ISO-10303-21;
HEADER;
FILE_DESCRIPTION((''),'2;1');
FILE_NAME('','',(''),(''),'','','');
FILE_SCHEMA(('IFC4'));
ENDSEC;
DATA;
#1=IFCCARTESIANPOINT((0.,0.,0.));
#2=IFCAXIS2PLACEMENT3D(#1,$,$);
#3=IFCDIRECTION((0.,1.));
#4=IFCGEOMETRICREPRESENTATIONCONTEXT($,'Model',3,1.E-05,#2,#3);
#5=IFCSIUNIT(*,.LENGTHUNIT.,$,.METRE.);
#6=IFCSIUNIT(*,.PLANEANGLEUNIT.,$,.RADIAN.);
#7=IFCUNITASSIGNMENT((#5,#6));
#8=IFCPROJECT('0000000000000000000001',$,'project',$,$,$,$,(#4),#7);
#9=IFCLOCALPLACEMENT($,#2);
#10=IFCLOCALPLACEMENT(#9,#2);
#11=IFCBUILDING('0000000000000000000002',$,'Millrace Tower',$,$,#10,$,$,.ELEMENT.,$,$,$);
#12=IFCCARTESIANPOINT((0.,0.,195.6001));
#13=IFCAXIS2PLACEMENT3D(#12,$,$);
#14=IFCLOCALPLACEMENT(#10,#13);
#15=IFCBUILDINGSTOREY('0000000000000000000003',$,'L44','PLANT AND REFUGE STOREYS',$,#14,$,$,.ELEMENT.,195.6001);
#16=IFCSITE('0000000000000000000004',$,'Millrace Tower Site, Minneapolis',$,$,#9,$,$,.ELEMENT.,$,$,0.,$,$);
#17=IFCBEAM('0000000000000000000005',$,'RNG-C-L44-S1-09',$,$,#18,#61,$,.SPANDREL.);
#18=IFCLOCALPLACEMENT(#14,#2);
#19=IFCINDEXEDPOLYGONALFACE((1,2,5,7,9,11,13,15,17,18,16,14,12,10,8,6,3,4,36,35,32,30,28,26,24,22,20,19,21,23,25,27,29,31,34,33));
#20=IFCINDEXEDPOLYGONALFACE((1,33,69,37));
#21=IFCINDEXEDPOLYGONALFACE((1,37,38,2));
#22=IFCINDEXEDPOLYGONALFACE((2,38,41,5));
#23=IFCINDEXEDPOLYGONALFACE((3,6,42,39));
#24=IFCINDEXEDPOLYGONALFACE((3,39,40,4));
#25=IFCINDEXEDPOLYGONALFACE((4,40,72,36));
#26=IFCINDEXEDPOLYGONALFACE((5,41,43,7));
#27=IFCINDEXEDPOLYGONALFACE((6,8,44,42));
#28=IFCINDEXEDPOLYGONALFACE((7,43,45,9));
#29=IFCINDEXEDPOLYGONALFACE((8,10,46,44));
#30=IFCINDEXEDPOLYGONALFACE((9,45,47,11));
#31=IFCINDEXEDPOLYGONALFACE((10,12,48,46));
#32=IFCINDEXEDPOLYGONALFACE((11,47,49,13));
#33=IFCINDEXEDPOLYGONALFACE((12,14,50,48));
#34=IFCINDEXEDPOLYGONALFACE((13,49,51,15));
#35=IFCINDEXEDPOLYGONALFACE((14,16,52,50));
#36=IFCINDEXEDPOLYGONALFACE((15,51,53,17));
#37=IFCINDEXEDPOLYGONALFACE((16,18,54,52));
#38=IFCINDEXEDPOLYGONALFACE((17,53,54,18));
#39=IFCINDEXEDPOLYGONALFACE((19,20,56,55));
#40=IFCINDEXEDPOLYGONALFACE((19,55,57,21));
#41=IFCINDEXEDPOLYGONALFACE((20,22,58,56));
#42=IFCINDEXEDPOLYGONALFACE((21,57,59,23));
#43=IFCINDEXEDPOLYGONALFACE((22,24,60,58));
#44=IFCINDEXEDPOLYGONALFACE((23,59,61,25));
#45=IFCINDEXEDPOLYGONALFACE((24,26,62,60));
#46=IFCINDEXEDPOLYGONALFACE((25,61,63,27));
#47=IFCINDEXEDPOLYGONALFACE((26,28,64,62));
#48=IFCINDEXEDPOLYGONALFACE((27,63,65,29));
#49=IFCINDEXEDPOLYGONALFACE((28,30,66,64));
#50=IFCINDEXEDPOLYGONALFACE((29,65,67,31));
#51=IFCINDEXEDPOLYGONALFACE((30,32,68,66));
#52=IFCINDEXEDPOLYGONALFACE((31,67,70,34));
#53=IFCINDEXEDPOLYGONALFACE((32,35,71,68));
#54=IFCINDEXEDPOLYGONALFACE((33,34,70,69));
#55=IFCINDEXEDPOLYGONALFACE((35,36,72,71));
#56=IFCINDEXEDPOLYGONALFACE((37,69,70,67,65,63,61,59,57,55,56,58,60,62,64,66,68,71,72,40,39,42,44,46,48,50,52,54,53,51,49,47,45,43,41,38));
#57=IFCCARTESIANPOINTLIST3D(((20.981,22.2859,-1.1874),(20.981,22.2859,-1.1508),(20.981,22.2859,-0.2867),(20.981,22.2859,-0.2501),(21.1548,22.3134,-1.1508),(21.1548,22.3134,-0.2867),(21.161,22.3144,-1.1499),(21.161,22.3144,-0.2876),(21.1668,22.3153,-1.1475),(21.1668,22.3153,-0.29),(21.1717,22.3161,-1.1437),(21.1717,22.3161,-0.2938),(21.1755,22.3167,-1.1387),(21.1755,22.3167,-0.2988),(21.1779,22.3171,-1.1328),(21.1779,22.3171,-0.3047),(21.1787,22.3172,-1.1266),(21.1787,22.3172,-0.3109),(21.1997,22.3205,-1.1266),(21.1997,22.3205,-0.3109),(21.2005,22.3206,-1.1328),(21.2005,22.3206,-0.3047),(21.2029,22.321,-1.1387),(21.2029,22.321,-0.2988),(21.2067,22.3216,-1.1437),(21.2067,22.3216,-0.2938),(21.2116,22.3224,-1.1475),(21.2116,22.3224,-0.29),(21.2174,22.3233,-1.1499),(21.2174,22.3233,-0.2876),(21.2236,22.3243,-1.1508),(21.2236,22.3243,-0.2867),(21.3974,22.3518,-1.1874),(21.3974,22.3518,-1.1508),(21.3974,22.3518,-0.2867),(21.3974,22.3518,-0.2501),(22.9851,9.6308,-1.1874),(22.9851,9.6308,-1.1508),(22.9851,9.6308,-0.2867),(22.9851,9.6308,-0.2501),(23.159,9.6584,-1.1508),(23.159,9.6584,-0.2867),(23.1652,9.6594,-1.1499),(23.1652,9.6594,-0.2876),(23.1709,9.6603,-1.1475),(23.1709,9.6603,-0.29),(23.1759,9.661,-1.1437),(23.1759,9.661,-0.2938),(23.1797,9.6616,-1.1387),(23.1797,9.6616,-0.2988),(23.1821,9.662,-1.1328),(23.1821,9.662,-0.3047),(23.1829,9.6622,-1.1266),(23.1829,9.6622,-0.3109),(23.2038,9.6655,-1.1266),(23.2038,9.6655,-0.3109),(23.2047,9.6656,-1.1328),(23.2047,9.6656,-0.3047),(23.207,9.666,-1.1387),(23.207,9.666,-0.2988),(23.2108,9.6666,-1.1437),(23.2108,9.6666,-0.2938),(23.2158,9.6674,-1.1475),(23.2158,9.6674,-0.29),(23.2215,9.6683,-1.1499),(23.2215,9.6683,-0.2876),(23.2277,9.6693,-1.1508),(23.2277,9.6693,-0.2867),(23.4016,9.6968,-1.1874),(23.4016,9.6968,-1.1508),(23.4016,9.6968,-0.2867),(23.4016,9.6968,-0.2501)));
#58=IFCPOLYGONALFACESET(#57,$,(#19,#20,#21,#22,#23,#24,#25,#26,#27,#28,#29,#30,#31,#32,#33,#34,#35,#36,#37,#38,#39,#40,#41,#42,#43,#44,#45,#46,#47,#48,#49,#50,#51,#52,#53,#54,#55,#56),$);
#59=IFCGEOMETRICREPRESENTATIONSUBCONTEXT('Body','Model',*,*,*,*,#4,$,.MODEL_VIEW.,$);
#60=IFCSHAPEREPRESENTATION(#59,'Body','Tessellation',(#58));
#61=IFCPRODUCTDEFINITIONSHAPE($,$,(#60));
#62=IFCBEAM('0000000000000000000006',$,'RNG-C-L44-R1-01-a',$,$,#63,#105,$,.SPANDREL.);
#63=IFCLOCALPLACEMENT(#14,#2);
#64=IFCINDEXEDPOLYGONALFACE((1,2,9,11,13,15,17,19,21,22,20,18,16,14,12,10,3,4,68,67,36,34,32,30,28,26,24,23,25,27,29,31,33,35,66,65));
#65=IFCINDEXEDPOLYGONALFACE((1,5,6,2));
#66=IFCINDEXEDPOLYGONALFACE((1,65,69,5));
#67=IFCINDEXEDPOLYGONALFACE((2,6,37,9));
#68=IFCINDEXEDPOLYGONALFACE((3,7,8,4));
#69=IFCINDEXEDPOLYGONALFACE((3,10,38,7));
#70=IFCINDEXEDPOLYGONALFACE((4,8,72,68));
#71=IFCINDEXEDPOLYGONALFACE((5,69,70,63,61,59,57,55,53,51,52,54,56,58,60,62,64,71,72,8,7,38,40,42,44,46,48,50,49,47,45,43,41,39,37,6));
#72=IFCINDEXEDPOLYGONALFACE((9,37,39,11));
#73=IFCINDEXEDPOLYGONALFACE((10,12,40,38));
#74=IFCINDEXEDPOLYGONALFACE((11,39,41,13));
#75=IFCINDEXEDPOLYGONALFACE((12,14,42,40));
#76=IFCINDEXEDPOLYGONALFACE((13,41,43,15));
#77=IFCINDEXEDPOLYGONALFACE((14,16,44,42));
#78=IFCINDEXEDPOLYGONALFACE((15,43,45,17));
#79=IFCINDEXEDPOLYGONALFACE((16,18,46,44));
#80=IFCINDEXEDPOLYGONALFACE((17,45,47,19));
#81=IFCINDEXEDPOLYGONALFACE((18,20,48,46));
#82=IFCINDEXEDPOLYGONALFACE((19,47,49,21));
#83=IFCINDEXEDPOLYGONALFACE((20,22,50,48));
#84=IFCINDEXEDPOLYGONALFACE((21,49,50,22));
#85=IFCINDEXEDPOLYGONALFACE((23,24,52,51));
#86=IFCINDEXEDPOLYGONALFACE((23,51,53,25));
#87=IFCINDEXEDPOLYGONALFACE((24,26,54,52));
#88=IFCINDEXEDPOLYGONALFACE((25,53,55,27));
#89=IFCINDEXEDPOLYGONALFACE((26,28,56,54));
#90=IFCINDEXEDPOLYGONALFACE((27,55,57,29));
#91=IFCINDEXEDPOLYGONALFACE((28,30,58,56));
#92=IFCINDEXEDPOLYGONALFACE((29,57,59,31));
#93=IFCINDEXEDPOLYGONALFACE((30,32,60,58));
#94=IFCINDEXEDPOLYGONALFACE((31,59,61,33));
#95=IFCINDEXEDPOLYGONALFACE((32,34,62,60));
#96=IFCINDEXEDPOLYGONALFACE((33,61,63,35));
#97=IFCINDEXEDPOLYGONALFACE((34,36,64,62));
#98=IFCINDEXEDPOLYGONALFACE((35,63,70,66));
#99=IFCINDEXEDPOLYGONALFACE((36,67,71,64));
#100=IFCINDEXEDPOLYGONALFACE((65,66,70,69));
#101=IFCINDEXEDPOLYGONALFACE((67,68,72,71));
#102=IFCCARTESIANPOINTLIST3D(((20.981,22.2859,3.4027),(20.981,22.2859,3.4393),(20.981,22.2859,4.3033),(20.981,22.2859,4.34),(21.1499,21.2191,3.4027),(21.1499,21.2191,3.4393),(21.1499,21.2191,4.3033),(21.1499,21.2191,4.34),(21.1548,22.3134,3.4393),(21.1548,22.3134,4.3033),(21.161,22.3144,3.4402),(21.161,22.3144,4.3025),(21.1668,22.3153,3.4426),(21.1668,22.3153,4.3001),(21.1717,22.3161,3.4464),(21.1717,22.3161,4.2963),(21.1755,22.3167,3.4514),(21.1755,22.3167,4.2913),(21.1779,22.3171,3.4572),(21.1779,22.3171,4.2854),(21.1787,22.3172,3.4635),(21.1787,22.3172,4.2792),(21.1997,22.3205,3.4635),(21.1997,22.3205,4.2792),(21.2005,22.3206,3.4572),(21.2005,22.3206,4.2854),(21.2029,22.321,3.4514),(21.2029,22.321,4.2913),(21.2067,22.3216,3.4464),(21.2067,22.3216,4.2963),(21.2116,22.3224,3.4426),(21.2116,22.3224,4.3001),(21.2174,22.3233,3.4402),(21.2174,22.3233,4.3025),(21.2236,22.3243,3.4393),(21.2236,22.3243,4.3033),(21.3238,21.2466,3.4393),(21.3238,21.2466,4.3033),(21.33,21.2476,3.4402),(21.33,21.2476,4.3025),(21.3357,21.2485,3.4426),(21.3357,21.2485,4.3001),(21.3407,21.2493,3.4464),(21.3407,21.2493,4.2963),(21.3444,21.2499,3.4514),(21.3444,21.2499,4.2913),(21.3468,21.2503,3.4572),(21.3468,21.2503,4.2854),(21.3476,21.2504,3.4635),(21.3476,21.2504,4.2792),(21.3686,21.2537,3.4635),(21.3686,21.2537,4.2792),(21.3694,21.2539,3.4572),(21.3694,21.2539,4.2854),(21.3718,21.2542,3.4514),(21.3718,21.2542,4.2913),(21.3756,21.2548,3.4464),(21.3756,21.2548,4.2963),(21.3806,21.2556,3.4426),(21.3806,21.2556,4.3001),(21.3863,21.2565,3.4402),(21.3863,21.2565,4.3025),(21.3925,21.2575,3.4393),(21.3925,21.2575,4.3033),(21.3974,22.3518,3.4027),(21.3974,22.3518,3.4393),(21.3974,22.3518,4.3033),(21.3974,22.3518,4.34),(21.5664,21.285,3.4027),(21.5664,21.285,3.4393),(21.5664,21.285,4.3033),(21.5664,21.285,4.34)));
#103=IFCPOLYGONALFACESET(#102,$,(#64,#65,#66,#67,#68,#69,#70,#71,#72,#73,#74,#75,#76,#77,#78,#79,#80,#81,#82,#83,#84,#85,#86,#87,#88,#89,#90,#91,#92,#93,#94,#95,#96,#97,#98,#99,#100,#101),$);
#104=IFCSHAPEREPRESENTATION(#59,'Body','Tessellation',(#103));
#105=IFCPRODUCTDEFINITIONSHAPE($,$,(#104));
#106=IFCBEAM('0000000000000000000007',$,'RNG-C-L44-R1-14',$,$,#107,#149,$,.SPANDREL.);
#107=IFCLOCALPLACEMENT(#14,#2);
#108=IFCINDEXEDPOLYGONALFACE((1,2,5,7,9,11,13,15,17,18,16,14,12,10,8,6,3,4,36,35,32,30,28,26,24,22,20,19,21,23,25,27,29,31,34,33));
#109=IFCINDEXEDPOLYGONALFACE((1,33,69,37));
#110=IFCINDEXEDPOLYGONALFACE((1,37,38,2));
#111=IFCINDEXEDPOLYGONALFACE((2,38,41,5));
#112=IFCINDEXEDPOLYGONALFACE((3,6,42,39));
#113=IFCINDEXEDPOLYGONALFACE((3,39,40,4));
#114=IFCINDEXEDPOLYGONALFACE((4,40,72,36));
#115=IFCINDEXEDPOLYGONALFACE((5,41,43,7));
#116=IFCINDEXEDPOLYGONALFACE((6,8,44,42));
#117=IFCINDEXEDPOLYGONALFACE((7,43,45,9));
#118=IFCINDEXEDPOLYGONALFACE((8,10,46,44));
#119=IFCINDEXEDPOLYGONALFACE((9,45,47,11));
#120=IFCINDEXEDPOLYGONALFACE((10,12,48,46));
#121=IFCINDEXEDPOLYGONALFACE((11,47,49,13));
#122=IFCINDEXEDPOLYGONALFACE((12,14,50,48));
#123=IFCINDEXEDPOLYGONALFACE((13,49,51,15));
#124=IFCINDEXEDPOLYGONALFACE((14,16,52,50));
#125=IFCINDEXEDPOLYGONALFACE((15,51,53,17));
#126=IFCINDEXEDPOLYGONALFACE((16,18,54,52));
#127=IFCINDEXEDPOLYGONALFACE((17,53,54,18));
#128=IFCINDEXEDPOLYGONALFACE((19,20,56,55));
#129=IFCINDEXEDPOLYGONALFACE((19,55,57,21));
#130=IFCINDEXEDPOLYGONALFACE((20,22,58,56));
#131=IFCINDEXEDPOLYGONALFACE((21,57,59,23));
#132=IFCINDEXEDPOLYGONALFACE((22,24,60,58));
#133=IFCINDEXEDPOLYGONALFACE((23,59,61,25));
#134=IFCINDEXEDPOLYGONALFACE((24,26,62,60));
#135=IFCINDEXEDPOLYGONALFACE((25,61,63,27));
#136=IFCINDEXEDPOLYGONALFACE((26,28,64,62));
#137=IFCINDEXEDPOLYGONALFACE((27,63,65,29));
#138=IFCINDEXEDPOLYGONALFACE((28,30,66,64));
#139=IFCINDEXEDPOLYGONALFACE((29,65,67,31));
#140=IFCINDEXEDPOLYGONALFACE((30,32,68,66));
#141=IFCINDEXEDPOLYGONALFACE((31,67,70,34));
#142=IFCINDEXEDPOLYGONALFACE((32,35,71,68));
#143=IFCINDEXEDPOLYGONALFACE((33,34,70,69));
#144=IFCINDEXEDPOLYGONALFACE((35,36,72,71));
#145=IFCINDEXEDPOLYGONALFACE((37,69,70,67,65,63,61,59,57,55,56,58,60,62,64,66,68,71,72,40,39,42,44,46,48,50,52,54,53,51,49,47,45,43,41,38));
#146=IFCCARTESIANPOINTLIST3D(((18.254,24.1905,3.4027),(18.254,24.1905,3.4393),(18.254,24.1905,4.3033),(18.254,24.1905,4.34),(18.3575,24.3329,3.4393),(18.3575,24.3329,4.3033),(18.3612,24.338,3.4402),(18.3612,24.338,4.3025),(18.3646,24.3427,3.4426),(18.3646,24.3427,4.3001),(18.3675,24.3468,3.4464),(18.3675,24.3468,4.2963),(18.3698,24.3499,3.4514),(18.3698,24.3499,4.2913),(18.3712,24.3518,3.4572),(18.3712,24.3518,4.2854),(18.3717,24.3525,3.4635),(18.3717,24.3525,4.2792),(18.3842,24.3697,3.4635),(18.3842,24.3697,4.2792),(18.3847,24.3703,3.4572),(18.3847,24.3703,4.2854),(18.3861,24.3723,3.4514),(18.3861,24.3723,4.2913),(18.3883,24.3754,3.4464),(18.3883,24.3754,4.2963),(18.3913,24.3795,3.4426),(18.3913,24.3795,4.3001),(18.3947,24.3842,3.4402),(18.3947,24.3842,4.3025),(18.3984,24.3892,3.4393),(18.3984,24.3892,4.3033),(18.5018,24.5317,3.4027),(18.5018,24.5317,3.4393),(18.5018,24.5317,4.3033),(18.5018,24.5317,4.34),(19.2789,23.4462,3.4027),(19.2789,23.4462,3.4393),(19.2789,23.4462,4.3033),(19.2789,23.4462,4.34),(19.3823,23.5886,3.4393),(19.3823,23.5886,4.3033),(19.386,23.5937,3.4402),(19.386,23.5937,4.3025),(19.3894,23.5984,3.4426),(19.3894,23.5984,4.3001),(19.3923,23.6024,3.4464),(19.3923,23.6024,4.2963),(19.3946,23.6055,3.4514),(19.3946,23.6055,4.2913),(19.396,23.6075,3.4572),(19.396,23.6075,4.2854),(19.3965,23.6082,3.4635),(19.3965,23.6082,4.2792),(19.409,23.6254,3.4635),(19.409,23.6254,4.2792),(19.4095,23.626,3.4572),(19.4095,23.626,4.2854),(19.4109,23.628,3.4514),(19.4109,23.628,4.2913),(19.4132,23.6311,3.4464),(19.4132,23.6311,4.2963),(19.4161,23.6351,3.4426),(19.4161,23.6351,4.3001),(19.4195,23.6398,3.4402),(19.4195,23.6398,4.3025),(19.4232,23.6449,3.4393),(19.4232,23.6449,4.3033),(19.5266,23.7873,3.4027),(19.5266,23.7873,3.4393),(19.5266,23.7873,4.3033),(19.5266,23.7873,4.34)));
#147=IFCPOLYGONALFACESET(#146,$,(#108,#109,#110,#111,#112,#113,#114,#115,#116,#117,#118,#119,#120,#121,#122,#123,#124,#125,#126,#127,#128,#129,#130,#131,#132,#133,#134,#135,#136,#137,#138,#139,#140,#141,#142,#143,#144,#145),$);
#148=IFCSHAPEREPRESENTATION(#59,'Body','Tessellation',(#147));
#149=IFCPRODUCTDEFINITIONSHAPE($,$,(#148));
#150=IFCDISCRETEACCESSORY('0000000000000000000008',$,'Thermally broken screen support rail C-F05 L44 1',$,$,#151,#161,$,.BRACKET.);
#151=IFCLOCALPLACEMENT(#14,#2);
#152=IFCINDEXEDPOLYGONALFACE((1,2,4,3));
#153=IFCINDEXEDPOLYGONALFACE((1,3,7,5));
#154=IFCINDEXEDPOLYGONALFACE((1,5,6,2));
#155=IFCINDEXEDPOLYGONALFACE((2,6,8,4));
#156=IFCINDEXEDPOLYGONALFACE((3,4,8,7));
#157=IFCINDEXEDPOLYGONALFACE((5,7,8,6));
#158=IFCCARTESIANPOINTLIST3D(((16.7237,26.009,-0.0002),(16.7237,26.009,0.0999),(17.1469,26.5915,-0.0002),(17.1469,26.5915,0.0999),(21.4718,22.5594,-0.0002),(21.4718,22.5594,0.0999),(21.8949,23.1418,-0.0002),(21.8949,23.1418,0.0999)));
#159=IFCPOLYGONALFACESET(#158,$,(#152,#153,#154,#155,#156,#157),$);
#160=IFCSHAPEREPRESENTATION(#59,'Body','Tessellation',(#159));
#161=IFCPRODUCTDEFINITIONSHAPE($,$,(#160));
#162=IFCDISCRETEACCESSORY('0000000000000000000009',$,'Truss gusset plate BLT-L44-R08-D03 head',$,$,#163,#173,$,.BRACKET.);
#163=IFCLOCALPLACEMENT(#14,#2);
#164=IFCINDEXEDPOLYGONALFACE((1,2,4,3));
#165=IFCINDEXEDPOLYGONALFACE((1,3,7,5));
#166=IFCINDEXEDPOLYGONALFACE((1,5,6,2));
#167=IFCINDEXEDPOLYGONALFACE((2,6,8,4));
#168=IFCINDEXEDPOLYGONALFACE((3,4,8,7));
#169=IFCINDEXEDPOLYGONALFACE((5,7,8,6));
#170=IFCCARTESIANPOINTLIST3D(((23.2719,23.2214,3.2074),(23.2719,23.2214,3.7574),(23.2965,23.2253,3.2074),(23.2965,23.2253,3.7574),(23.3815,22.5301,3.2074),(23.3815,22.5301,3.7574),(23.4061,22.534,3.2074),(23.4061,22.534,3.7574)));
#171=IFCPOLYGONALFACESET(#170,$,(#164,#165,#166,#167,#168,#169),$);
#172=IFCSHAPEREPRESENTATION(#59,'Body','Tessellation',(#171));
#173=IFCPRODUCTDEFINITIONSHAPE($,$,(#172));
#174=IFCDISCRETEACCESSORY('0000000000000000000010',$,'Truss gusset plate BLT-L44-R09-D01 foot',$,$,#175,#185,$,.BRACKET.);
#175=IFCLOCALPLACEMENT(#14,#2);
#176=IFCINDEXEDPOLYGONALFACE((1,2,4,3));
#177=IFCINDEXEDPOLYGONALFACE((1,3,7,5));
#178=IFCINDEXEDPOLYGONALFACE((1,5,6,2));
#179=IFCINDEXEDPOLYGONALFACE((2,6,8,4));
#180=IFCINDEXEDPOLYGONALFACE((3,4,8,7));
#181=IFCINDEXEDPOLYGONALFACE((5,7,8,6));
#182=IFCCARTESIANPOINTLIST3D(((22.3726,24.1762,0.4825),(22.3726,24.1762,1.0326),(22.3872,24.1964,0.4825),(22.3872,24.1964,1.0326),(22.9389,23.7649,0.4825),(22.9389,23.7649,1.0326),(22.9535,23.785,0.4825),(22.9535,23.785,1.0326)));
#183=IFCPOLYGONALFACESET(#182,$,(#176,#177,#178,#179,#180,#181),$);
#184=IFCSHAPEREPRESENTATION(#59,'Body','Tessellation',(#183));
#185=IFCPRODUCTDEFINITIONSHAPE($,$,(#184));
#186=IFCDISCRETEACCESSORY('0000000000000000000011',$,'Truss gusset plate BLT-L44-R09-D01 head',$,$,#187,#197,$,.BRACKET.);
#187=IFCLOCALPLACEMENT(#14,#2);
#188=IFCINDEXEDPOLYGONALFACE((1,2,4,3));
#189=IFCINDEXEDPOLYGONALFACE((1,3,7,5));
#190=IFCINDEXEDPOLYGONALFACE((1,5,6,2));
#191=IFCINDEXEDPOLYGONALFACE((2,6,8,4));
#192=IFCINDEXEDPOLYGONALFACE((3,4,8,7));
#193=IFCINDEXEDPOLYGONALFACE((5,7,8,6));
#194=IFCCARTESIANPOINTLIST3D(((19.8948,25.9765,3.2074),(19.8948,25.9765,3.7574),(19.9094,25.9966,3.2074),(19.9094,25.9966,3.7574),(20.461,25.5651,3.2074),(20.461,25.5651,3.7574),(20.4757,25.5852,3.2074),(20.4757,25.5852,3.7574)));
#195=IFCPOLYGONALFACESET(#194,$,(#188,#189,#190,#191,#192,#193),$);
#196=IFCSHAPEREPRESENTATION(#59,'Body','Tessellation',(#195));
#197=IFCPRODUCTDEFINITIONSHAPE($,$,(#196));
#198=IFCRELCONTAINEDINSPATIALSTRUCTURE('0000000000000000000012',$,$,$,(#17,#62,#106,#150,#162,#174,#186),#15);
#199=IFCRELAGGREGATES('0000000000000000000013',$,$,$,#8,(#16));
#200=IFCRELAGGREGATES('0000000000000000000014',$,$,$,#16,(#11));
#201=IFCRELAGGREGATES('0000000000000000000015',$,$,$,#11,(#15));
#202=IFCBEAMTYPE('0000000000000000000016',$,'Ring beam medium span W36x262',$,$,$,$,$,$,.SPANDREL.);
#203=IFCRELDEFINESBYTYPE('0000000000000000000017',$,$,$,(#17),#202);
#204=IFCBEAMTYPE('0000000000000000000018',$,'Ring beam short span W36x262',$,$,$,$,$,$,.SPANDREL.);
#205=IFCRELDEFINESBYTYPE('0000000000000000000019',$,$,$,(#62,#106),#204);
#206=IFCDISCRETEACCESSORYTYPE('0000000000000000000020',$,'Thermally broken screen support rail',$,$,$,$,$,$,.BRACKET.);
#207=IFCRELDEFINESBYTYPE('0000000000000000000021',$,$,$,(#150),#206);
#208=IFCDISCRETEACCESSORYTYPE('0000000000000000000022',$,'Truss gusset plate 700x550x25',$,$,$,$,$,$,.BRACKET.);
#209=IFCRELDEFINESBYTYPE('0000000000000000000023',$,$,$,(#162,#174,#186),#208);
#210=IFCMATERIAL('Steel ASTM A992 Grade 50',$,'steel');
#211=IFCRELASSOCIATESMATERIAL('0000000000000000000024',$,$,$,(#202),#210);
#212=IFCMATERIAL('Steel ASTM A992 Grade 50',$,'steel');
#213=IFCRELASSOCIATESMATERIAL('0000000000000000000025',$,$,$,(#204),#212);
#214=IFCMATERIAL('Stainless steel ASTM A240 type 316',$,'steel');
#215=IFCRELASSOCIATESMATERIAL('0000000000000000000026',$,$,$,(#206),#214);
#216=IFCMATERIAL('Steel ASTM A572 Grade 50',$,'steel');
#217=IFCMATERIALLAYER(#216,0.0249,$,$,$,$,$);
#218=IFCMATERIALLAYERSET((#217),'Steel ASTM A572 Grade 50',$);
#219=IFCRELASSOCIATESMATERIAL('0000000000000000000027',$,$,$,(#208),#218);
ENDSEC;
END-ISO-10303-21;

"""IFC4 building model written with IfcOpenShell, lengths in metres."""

from ifc_helpers import new_model, si_unit, direction, frame, origin, origin_2d, place, context, subcontext, project, spatial, rectangle, i_section, extrude, material, layer, layer_set, material_profile, profile_set, type_object, element, save


model = new_model("IFC4")

# Units and contexts
model_context = context("Model", 3, precision=1e-05, world=origin(), true_north=direction((0.0, 1.0)))
body_context = subcontext(model_context, "Body", "Model", "MODEL_VIEW")
ifc_project = project(units=[si_unit("LENGTHUNIT", "METRE"), si_unit("PLANEANGLEUNIT", "RADIAN")], contexts=[model_context])

# Site, building, storey
site_placement = place(None, origin())
site = spatial("IfcSite", under=ifc_project, at=site_placement, Name="Millrace Tower Site, Minneapolis", CompositionType="ELEMENT", RefElevation=0.0)
building_placement = place(site_placement, origin())
building = spatial("IfcBuilding", under=site, at=building_placement, Name="Millrace Tower", CompositionType="ELEMENT")
storey_placement = place(building_placement, frame((0.0, 0.0, 195.6001)))
storey = spatial("IfcBuildingStorey", under=building, at=storey_placement, Name="L44", Description="PLANT AND REFUGE STOREYS", CompositionType="ELEMENT", Elevation=195.6001)

# Beams
ifc_material_1 = material(Name="Steel ASTM A992 Grade 50", Category="steel")
ifc_material_profile_1 = material_profile(ifc_material_1, i_section(OverallWidth=0.4216, OverallDepth=0.9373, WebThickness=0.0212, FlangeThickness=0.0366, FilletRadius=0.0242, at=origin_2d()))
ifc_profile_set_1 = profile_set([ifc_material_profile_1], Name="Steel ASTM A992 Grade 50")
beam_type_1 = type_object("IfcBeamType", Name="Ring beam medium span W36x262", PredefinedType="SPANDREL", material=ifc_profile_set_1)
beam_1_placement = place(storey_placement, frame((21.1892, 22.3188, -0.7188), z_axis=(0.156419, -0.987691, 0.0), x_axis=(0.987691, 0.156419, 0.0)))
element("IfcBeam", 1, at=beam_1_placement, inside=storey, type_object=beam_type_1, Name="RNG-C-L44-S1-09", PredefinedType="SPANDREL", context=body_context, shape_type="SweptSolid", body=[
    extrude(i_section(OverallWidth=0.4216, OverallDepth=0.9373, WebThickness=0.0212, FlangeThickness=0.0366, FilletRadius=0.0242, at=origin_2d()), origin(), (0.0, 0.0, 1.0), 12.8127),
])
ifc_material_2 = material(Name="Steel ASTM A992 Grade 50", Category="steel")
ifc_material_profile_2 = material_profile(ifc_material_2, i_section(OverallWidth=0.4216, OverallDepth=0.9373, WebThickness=0.0212, FlangeThickness=0.0366, FilletRadius=0.0242, at=origin_2d()))
ifc_profile_set_2 = profile_set([ifc_material_profile_2], Name="Steel ASTM A992 Grade 50")
beam_type_2 = type_object("IfcBeamType", Name="Ring beam short span W36x262", PredefinedType="SPANDREL", material=ifc_profile_set_2)
beam_2_placement = place(storey_placement, frame((21.1892, 22.3188, 3.8713), z_axis=(0.156404, -0.987693, 0.0), x_axis=(0.987693, 0.156404, 0.0)))
element("IfcBeam", 2, at=beam_2_placement, inside=storey, type_object=beam_type_2, Name="RNG-C-L44-R1-01-a", PredefinedType="SPANDREL", context=body_context, shape_type="SweptSolid", body=[
    extrude(i_section(OverallWidth=0.4216, OverallDepth=0.9373, WebThickness=0.0212, FlangeThickness=0.0366, FilletRadius=0.0242, at=origin_2d()), origin(), (0.0, 0.0, 1.0), 1.0801),
])
beam_3_placement = place(storey_placement, frame((18.3779, 24.3611, 3.8713), z_axis=(0.809111, -0.587656, 0.0), x_axis=(0.587656, 0.809111, 0.0)))
element("IfcBeam", 3, at=beam_3_placement, inside=storey, type_object=beam_type_2, Name="RNG-C-L44-R1-14", PredefinedType="SPANDREL", context=body_context, shape_type="SweptSolid", body=[
    extrude(i_section(OverallWidth=0.4216, OverallDepth=0.9373, WebThickness=0.0212, FlangeThickness=0.0366, FilletRadius=0.0242, at=origin_2d()), origin(), (0.0, 0.0, 1.0), 1.2666),
])

# Discrete accessories
ifc_material_3 = material(Name="Stainless steel ASTM A240 type 316", Category="steel")
discrete_accessory_type_1 = type_object("IfcDiscreteAccessoryType", Name="Thermally broken screen support rail", PredefinedType="BRACKET", material=ifc_material_3)
discrete_accessory_placement = place(storey_placement, frame((19.3093, 24.5754, -0.0002), z_axis=(0.0, 0.0, 1.0), x_axis=(-0.809017, 0.587785, 0.0)))
element("IfcDiscreteAccessory", 4, at=discrete_accessory_placement, inside=storey, type_object=discrete_accessory_type_1, Name="Thermally broken screen support rail C-F05 L44 1", PredefinedType="BRACKET", context=body_context, shape_type="SweptSolid", body=[
    extrude(rectangle(XDim=5.8689, YDim=0.72, at=origin_2d()), origin(), (0.0, 0.0, 1.0), 0.1001),
])
ifc_material_4 = material(Name="Steel ASTM A572 Grade 50", Category="steel")
ifc_layer_1 = layer(ifc_material_4, 0.0249)
ifc_layer_set_1 = layer_set([ifc_layer_1], Name="Steel ASTM A572 Grade 50")
discrete_accessory_type_2 = type_object("IfcDiscreteAccessoryType", Name="Truss gusset plate 700x550x25", PredefinedType="BRACKET", material=ifc_layer_set_1)
for number, where, z_axis, x_axis, name in (
    (5, (23.2842, 23.2234, 3.4824), (0.156589, -0.987664, 0.0), (0.987664, 0.156589, 0.0), "Truss gusset plate BLT-L44-R08-D03 head"),
    (6, (22.3799, 24.1863, 0.7576), (0.809113, -0.587653, 0.0), (0.587653, 0.809113, 0.0), "Truss gusset plate BLT-L44-R09-D01 foot"),
    (7, (19.9021, 25.9866, 3.4824), (0.808992, -0.587819, 0.0), (0.587819, 0.808992, 0.0), "Truss gusset plate BLT-L44-R09-D01 head"),
):
    element("IfcDiscreteAccessory", number, at=place(storey_placement, frame(where, z_axis=z_axis, x_axis=x_axis)), inside=storey, type_object=discrete_accessory_type_2, Name=name, PredefinedType="BRACKET", context=body_context, shape_type="SweptSolid", body=[
        extrude(rectangle(XDim=0.0249, YDim=0.55, at=origin_2d()), origin(), (0.0, 0.0, 1.0), 0.7),
    ])

save(model, "model.ifc")
